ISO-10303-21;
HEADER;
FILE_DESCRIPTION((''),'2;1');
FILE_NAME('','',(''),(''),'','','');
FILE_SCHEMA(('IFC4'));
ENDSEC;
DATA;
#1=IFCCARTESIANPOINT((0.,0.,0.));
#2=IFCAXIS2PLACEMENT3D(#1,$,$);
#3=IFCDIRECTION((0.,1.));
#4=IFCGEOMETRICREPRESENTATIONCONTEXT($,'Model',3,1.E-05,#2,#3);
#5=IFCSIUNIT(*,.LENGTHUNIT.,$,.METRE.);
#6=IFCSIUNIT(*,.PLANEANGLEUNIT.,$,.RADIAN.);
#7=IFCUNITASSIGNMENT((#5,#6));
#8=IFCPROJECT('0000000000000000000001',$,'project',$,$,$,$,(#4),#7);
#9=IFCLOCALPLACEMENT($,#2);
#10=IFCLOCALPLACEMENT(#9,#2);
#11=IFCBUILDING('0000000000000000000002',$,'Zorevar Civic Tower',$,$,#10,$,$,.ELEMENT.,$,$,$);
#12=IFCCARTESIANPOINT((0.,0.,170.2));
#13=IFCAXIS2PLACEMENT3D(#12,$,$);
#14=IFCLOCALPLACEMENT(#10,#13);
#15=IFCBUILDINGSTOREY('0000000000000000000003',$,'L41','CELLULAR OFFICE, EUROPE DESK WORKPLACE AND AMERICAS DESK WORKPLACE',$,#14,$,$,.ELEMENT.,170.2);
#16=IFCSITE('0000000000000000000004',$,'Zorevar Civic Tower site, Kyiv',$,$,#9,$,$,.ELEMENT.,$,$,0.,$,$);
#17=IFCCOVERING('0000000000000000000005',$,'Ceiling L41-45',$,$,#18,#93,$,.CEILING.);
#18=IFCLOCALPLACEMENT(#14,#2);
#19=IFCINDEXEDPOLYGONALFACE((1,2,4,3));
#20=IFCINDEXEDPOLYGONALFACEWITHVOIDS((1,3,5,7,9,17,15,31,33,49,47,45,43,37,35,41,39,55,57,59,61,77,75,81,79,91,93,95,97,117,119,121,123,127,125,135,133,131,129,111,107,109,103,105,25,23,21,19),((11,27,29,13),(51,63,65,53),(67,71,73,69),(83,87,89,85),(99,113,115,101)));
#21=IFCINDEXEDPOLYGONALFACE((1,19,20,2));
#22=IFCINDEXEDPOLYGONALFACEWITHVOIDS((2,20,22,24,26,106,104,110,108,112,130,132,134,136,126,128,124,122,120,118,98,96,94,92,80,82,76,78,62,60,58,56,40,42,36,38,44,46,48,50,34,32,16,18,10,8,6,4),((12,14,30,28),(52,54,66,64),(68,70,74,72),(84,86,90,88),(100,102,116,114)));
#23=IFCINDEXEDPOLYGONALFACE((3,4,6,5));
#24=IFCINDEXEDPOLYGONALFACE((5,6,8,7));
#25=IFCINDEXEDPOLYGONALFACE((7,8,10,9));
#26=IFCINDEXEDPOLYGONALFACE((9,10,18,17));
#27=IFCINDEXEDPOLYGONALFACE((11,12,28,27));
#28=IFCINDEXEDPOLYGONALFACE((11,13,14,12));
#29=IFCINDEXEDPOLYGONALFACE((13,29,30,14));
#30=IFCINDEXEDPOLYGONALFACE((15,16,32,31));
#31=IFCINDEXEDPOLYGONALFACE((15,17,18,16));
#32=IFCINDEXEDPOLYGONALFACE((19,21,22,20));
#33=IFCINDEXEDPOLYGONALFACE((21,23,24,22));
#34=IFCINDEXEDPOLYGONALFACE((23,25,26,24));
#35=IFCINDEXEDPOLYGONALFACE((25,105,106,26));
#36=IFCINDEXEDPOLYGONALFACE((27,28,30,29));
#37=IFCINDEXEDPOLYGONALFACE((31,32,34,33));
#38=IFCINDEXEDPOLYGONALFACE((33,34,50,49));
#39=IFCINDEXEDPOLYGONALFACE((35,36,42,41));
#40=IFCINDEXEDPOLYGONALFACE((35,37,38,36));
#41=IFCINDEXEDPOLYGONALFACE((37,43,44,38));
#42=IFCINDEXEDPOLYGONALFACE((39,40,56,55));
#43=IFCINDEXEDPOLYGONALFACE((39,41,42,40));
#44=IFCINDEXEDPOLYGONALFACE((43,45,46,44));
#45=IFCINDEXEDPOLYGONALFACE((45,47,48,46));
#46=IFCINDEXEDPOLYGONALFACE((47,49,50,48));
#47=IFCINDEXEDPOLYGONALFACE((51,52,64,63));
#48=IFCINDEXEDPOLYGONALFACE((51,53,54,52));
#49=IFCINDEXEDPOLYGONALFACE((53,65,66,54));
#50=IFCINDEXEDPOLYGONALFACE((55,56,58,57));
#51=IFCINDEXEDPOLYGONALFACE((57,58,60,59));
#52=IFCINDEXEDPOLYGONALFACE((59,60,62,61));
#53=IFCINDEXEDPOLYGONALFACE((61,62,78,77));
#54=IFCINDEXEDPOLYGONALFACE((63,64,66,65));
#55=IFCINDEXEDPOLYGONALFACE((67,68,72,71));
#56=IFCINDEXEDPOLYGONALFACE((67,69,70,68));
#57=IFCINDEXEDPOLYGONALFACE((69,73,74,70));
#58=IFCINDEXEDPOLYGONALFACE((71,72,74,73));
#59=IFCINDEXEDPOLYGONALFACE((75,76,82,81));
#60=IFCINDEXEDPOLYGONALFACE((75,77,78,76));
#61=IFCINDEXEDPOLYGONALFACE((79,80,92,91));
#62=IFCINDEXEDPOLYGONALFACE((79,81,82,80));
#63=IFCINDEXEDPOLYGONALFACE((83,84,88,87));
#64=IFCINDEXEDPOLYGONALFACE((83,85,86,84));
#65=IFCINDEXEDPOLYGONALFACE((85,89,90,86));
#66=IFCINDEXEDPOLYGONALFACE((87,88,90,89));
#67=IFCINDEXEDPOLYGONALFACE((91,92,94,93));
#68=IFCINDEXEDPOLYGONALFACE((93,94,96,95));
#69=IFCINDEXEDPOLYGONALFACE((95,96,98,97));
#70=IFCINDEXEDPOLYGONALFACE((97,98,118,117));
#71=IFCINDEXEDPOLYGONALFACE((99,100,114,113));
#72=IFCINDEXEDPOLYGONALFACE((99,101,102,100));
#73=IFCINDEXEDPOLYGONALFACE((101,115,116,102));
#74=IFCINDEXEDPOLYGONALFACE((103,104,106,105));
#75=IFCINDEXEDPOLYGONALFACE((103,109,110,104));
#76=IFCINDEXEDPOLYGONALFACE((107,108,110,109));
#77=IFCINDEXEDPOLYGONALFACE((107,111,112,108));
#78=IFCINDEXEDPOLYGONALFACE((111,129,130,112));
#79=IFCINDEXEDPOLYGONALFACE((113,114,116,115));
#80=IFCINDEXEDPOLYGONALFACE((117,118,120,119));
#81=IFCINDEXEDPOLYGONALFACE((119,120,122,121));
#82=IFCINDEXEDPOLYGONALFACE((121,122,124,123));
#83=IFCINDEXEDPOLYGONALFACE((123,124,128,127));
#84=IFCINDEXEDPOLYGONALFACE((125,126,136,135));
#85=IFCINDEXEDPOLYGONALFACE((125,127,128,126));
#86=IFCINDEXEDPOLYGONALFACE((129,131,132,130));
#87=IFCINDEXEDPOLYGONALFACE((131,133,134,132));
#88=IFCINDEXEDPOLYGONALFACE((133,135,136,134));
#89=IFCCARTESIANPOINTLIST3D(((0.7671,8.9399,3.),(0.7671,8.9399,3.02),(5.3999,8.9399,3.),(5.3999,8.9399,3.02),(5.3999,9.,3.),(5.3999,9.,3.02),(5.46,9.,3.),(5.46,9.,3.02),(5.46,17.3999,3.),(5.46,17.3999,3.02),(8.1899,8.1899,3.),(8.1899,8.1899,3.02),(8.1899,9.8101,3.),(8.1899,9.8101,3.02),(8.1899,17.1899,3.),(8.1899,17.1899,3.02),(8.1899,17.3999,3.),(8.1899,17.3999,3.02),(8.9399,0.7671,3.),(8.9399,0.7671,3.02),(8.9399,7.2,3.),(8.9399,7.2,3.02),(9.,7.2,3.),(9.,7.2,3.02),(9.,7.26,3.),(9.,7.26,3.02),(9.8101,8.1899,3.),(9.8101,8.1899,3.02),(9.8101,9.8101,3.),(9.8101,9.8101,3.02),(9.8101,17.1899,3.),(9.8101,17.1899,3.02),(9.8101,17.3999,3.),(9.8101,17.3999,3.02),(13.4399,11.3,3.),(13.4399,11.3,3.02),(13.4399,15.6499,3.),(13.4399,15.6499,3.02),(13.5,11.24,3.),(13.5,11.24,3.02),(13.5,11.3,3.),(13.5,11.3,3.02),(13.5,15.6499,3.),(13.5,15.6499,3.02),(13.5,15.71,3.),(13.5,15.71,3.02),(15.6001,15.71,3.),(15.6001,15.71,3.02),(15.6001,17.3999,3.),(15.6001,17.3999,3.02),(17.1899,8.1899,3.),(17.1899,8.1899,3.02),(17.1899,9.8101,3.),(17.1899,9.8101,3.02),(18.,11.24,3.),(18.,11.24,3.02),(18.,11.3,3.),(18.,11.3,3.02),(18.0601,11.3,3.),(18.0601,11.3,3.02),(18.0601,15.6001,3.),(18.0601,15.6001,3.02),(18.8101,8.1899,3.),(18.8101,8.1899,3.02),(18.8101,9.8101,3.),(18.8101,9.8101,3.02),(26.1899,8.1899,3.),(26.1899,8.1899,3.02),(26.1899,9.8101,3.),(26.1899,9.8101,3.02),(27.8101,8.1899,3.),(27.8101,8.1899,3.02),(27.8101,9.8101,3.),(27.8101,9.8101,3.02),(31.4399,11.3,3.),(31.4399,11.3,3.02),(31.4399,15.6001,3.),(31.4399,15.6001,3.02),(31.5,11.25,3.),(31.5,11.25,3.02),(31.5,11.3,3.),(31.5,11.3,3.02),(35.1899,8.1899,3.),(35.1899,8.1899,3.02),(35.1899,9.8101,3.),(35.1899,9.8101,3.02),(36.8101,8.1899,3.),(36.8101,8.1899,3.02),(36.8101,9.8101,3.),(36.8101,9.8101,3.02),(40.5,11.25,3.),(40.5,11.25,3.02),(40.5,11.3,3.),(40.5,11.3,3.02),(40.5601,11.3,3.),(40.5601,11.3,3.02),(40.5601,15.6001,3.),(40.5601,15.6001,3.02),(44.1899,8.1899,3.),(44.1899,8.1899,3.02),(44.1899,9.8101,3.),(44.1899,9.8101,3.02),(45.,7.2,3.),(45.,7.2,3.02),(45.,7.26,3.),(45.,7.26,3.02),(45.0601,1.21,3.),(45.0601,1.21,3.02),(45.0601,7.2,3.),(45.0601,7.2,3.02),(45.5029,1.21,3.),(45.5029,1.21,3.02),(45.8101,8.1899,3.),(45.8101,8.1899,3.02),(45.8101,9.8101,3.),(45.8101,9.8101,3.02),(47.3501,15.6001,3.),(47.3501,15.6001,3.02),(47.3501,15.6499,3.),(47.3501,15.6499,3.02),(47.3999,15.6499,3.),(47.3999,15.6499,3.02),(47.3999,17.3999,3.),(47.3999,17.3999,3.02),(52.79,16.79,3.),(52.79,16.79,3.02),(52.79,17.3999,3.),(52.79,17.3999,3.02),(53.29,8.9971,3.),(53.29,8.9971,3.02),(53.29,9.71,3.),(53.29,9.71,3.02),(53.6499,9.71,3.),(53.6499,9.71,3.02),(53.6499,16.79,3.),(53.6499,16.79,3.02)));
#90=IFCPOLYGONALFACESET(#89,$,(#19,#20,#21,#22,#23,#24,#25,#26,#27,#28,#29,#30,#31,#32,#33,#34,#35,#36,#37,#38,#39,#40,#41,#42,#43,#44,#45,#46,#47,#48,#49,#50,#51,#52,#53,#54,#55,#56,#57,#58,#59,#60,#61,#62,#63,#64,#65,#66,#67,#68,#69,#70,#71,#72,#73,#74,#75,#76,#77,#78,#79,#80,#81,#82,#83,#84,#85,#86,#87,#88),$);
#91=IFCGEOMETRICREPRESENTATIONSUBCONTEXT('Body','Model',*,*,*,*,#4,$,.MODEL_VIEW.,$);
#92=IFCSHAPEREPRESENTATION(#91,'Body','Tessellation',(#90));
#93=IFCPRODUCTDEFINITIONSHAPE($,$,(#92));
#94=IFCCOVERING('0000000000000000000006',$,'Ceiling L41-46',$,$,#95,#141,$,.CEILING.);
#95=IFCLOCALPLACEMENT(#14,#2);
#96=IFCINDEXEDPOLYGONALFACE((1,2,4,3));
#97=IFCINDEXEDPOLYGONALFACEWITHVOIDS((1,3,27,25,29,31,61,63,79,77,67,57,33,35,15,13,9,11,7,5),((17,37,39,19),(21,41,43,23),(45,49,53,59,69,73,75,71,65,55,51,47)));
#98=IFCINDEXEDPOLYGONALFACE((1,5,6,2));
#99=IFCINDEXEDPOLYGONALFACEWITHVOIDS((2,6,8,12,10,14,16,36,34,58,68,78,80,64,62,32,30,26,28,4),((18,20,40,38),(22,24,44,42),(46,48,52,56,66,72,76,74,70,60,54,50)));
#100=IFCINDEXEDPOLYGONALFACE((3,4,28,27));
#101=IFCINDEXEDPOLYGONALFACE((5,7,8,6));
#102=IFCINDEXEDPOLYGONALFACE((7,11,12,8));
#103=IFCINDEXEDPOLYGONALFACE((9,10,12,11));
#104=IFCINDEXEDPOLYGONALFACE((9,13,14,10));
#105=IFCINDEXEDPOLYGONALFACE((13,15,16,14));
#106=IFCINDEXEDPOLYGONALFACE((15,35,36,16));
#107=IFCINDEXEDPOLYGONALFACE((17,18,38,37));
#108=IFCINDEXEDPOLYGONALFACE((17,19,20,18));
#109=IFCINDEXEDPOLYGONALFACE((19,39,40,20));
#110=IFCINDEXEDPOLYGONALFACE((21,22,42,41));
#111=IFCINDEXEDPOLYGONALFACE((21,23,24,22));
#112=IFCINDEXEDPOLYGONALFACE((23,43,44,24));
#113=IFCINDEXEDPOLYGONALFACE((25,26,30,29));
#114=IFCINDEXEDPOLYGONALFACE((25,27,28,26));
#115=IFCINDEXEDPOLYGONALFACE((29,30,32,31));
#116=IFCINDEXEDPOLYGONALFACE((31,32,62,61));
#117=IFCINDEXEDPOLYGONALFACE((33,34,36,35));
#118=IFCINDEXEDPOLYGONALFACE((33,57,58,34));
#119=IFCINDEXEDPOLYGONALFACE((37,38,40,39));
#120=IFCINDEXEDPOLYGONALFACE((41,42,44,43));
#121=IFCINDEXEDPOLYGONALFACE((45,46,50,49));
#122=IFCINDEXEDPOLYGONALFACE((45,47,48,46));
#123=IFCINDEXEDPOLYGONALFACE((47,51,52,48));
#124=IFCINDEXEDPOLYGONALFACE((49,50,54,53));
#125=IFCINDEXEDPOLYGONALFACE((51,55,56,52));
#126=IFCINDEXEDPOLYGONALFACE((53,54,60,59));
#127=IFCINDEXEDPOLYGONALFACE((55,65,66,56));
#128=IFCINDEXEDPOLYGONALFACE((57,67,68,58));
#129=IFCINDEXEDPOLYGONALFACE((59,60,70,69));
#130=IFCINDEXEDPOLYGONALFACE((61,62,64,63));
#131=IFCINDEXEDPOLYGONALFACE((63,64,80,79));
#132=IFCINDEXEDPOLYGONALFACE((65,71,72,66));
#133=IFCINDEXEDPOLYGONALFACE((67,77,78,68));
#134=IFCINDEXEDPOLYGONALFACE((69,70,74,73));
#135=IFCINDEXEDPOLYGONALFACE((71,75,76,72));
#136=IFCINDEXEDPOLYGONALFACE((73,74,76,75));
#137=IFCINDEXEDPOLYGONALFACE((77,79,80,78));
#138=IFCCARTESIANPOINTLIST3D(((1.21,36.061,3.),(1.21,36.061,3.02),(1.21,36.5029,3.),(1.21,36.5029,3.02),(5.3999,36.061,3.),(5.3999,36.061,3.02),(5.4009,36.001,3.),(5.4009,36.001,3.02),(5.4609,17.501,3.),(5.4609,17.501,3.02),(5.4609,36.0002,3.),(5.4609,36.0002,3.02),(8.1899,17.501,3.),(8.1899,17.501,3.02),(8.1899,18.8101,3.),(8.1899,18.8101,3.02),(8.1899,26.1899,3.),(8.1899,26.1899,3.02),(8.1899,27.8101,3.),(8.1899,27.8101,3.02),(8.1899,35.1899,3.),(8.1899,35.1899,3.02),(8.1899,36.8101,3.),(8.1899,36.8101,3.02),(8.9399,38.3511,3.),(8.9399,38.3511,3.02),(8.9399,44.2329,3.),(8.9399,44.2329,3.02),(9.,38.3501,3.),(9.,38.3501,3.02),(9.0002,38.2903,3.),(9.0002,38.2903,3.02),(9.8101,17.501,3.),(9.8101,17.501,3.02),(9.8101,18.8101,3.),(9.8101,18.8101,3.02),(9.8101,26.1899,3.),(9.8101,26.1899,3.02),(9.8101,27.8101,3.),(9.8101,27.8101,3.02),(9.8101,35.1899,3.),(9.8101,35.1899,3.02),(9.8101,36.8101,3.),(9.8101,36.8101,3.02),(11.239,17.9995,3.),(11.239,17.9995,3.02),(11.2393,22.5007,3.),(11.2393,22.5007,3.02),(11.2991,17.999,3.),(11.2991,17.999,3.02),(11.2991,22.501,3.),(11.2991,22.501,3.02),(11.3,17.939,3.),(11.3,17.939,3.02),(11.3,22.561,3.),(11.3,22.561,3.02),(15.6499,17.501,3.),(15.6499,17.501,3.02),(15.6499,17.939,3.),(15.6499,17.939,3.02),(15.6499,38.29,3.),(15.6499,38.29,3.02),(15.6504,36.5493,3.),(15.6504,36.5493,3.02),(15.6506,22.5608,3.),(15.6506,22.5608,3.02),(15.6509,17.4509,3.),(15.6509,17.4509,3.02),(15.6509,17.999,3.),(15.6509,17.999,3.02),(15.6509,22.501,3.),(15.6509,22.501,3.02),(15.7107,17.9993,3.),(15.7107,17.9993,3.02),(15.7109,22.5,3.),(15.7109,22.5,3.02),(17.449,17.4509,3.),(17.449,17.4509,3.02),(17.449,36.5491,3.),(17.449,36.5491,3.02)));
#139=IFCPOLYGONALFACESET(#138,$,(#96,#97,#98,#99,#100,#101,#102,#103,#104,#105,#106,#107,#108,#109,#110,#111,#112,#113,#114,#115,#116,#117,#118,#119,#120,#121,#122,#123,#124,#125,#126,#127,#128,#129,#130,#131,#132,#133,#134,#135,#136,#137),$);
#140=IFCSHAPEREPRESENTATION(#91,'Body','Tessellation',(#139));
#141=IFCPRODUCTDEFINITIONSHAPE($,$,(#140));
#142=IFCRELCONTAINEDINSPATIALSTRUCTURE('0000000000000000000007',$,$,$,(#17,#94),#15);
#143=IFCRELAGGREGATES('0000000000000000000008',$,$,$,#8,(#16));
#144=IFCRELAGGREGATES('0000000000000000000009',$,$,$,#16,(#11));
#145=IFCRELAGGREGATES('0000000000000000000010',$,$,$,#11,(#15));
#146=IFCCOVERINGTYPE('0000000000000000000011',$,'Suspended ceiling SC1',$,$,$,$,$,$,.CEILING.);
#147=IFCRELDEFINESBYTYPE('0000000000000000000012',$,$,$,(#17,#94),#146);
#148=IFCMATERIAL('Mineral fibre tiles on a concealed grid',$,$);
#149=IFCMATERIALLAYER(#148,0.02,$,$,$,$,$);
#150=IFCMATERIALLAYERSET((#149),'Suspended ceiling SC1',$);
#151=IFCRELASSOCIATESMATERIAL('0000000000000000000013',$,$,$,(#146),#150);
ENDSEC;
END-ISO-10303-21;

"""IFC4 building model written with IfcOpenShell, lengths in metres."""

from ifc_helpers import new_model, si_unit, direction, frame, origin, place, context, subcontext, project, spatial, polyline, outline, extrude, material, layer, layer_set, type_object, element, save


model = new_model("IFC4")

# Units and contexts
model_context = context("Model", 3, precision=1e-05, world=origin(), true_north=direction((0.0, 1.0)))
body_context = subcontext(model_context, "Body", "Model", "MODEL_VIEW")
ifc_project = project(units=[si_unit("LENGTHUNIT", "METRE"), si_unit("PLANEANGLEUNIT", "RADIAN")], contexts=[model_context])

# Site, building, storey
site_placement = place(None, origin())
site = spatial("IfcSite", under=ifc_project, at=site_placement, Name="Zorevar Civic Tower site, Kyiv", CompositionType="ELEMENT", RefElevation=0.0)
building_placement = place(site_placement, origin())
building = spatial("IfcBuilding", under=site, at=building_placement, Name="Zorevar Civic Tower", CompositionType="ELEMENT")
storey_placement = place(building_placement, frame((0.0, 0.0, 170.2)))
storey = spatial("IfcBuildingStorey", under=building, at=storey_placement, Name="L41", Description="CELLULAR OFFICE, EUROPE DESK WORKPLACE AND AMERICAS DESK WORKPLACE", CompositionType="ELEMENT", Elevation=170.2)

# Coverings
ifc_material_1 = material(Name="Mineral fibre tiles on a concealed grid")
ifc_layer_1 = layer(ifc_material_1, 0.02)
ifc_layer_set_1 = layer_set([ifc_layer_1], Name="Suspended ceiling SC1")
covering_type_1 = type_object("IfcCoveringType", Name="Suspended ceiling SC1", PredefinedType="CEILING", material=ifc_layer_set_1)
covering_1_placement = place(storey_placement, frame((0.0, 0.0, 3.0)))
element("IfcCovering", 1, at=covering_1_placement, inside=storey, type_object=covering_type_1, Name="Ceiling L41-45", PredefinedType="CEILING", context=body_context, shape_type="SweptSolid", body=[
    extrude(outline(polyline([(13.4399, 15.6499), (13.4399, 11.3), (13.5, 11.3), (13.5, 11.24), (18.0, 11.24), (18.0, 11.3), (18.0601, 11.3), (18.0601, 15.6001), (31.4399, 15.6001), (31.4399, 11.3), (31.5, 11.3), (31.5, 11.25), (40.5, 11.25), (40.5, 11.3), (40.5601, 11.3), (40.5601, 15.6001), (47.3501, 15.6001), (47.3501, 15.6499), (47.3999, 15.6499), (47.3999, 17.3999), (52.79, 17.3999), (52.79, 16.79), (53.6499, 16.79), (53.6499, 9.71), (53.29, 9.71), (53.29, 8.9971), (45.5029, 1.21), (45.0601, 1.21), (45.0601, 7.2), (45.0, 7.2), (45.0, 7.26), (9.0, 7.26), (9.0, 7.2), (8.9399, 7.2), (8.9399, 0.7671), (0.7671, 8.9399), (5.3999, 8.9399), (5.3999, 9.0), (5.46, 9.0), (5.46, 17.3999), (8.1899, 17.3999), (8.1899, 17.1899), (9.8101, 17.1899), (9.8101, 17.3999), (15.6001, 17.3999), (15.6001, 15.71), (13.5, 15.71), (13.5, 15.6499), (13.4399, 15.6499)]), holes=[polyline([(8.1899, 8.1899), (9.8101, 8.1899), (9.8101, 9.8101), (8.1899, 9.8101), (8.1899, 8.1899)]), polyline([(18.8101, 9.8101), (17.1899, 9.8101), (17.1899, 8.1899), (18.8101, 8.1899), (18.8101, 9.8101)]), polyline([(27.8101, 8.1899), (27.8101, 9.8101), (26.1899, 9.8101), (26.1899, 8.1899), (27.8101, 8.1899)]), polyline([(35.1899, 8.1899), (36.8101, 8.1899), (36.8101, 9.8101), (35.1899, 9.8101), (35.1899, 8.1899)]), polyline([(45.8101, 9.8101), (44.1899, 9.8101), (44.1899, 8.1899), (45.8101, 8.1899), (45.8101, 9.8101)])]), origin(), (0.0, 0.0, 1.0), 0.02),
])
covering_2_placement = place(storey_placement, frame((0.0, 0.0, 3.0)))
element("IfcCovering", 2, at=covering_2_placement, inside=storey, type_object=covering_type_1, Name="Ceiling L41-46", PredefinedType="CEILING", context=body_context, shape_type="SweptSolid", body=[
    extrude(outline(polyline([(8.9399, 38.3511), (9.0, 38.3501), (9.0002, 38.2903), (15.6499, 38.29), (15.6504, 36.5493), (17.449, 36.5491), (17.449, 17.4509), (15.6509, 17.4509), (15.6499, 17.501), (9.8101, 17.501), (9.8101, 18.8101), (8.1899, 18.8101), (8.1899, 17.501), (5.4609, 17.501), (5.4609, 36.0002), (5.4009, 36.001), (5.3999, 36.061), (1.21, 36.061), (1.21, 36.5029), (8.9399, 44.2329), (8.9399, 38.3511)]), holes=[polyline([(15.7109, 22.5), (15.6509, 22.501), (15.6506, 22.5608), (11.3, 22.561), (11.2991, 22.501), (11.2393, 22.5007), (11.239, 17.9995), (11.2991, 17.999), (11.3, 17.939), (15.6499, 17.939), (15.6509, 17.999), (15.7107, 17.9993), (15.7109, 22.5)]), polyline([(9.8101, 26.1899), (9.8101, 27.8101), (8.1899, 27.8101), (8.1899, 26.1899), (9.8101, 26.1899)]), polyline([(8.1899, 35.1899), (9.8101, 35.1899), (9.8101, 36.8101), (8.1899, 36.8101), (8.1899, 35.1899)])]), origin(), (0.0, 0.0, 1.0), 0.02),
])

save(model, "model.ifc")
